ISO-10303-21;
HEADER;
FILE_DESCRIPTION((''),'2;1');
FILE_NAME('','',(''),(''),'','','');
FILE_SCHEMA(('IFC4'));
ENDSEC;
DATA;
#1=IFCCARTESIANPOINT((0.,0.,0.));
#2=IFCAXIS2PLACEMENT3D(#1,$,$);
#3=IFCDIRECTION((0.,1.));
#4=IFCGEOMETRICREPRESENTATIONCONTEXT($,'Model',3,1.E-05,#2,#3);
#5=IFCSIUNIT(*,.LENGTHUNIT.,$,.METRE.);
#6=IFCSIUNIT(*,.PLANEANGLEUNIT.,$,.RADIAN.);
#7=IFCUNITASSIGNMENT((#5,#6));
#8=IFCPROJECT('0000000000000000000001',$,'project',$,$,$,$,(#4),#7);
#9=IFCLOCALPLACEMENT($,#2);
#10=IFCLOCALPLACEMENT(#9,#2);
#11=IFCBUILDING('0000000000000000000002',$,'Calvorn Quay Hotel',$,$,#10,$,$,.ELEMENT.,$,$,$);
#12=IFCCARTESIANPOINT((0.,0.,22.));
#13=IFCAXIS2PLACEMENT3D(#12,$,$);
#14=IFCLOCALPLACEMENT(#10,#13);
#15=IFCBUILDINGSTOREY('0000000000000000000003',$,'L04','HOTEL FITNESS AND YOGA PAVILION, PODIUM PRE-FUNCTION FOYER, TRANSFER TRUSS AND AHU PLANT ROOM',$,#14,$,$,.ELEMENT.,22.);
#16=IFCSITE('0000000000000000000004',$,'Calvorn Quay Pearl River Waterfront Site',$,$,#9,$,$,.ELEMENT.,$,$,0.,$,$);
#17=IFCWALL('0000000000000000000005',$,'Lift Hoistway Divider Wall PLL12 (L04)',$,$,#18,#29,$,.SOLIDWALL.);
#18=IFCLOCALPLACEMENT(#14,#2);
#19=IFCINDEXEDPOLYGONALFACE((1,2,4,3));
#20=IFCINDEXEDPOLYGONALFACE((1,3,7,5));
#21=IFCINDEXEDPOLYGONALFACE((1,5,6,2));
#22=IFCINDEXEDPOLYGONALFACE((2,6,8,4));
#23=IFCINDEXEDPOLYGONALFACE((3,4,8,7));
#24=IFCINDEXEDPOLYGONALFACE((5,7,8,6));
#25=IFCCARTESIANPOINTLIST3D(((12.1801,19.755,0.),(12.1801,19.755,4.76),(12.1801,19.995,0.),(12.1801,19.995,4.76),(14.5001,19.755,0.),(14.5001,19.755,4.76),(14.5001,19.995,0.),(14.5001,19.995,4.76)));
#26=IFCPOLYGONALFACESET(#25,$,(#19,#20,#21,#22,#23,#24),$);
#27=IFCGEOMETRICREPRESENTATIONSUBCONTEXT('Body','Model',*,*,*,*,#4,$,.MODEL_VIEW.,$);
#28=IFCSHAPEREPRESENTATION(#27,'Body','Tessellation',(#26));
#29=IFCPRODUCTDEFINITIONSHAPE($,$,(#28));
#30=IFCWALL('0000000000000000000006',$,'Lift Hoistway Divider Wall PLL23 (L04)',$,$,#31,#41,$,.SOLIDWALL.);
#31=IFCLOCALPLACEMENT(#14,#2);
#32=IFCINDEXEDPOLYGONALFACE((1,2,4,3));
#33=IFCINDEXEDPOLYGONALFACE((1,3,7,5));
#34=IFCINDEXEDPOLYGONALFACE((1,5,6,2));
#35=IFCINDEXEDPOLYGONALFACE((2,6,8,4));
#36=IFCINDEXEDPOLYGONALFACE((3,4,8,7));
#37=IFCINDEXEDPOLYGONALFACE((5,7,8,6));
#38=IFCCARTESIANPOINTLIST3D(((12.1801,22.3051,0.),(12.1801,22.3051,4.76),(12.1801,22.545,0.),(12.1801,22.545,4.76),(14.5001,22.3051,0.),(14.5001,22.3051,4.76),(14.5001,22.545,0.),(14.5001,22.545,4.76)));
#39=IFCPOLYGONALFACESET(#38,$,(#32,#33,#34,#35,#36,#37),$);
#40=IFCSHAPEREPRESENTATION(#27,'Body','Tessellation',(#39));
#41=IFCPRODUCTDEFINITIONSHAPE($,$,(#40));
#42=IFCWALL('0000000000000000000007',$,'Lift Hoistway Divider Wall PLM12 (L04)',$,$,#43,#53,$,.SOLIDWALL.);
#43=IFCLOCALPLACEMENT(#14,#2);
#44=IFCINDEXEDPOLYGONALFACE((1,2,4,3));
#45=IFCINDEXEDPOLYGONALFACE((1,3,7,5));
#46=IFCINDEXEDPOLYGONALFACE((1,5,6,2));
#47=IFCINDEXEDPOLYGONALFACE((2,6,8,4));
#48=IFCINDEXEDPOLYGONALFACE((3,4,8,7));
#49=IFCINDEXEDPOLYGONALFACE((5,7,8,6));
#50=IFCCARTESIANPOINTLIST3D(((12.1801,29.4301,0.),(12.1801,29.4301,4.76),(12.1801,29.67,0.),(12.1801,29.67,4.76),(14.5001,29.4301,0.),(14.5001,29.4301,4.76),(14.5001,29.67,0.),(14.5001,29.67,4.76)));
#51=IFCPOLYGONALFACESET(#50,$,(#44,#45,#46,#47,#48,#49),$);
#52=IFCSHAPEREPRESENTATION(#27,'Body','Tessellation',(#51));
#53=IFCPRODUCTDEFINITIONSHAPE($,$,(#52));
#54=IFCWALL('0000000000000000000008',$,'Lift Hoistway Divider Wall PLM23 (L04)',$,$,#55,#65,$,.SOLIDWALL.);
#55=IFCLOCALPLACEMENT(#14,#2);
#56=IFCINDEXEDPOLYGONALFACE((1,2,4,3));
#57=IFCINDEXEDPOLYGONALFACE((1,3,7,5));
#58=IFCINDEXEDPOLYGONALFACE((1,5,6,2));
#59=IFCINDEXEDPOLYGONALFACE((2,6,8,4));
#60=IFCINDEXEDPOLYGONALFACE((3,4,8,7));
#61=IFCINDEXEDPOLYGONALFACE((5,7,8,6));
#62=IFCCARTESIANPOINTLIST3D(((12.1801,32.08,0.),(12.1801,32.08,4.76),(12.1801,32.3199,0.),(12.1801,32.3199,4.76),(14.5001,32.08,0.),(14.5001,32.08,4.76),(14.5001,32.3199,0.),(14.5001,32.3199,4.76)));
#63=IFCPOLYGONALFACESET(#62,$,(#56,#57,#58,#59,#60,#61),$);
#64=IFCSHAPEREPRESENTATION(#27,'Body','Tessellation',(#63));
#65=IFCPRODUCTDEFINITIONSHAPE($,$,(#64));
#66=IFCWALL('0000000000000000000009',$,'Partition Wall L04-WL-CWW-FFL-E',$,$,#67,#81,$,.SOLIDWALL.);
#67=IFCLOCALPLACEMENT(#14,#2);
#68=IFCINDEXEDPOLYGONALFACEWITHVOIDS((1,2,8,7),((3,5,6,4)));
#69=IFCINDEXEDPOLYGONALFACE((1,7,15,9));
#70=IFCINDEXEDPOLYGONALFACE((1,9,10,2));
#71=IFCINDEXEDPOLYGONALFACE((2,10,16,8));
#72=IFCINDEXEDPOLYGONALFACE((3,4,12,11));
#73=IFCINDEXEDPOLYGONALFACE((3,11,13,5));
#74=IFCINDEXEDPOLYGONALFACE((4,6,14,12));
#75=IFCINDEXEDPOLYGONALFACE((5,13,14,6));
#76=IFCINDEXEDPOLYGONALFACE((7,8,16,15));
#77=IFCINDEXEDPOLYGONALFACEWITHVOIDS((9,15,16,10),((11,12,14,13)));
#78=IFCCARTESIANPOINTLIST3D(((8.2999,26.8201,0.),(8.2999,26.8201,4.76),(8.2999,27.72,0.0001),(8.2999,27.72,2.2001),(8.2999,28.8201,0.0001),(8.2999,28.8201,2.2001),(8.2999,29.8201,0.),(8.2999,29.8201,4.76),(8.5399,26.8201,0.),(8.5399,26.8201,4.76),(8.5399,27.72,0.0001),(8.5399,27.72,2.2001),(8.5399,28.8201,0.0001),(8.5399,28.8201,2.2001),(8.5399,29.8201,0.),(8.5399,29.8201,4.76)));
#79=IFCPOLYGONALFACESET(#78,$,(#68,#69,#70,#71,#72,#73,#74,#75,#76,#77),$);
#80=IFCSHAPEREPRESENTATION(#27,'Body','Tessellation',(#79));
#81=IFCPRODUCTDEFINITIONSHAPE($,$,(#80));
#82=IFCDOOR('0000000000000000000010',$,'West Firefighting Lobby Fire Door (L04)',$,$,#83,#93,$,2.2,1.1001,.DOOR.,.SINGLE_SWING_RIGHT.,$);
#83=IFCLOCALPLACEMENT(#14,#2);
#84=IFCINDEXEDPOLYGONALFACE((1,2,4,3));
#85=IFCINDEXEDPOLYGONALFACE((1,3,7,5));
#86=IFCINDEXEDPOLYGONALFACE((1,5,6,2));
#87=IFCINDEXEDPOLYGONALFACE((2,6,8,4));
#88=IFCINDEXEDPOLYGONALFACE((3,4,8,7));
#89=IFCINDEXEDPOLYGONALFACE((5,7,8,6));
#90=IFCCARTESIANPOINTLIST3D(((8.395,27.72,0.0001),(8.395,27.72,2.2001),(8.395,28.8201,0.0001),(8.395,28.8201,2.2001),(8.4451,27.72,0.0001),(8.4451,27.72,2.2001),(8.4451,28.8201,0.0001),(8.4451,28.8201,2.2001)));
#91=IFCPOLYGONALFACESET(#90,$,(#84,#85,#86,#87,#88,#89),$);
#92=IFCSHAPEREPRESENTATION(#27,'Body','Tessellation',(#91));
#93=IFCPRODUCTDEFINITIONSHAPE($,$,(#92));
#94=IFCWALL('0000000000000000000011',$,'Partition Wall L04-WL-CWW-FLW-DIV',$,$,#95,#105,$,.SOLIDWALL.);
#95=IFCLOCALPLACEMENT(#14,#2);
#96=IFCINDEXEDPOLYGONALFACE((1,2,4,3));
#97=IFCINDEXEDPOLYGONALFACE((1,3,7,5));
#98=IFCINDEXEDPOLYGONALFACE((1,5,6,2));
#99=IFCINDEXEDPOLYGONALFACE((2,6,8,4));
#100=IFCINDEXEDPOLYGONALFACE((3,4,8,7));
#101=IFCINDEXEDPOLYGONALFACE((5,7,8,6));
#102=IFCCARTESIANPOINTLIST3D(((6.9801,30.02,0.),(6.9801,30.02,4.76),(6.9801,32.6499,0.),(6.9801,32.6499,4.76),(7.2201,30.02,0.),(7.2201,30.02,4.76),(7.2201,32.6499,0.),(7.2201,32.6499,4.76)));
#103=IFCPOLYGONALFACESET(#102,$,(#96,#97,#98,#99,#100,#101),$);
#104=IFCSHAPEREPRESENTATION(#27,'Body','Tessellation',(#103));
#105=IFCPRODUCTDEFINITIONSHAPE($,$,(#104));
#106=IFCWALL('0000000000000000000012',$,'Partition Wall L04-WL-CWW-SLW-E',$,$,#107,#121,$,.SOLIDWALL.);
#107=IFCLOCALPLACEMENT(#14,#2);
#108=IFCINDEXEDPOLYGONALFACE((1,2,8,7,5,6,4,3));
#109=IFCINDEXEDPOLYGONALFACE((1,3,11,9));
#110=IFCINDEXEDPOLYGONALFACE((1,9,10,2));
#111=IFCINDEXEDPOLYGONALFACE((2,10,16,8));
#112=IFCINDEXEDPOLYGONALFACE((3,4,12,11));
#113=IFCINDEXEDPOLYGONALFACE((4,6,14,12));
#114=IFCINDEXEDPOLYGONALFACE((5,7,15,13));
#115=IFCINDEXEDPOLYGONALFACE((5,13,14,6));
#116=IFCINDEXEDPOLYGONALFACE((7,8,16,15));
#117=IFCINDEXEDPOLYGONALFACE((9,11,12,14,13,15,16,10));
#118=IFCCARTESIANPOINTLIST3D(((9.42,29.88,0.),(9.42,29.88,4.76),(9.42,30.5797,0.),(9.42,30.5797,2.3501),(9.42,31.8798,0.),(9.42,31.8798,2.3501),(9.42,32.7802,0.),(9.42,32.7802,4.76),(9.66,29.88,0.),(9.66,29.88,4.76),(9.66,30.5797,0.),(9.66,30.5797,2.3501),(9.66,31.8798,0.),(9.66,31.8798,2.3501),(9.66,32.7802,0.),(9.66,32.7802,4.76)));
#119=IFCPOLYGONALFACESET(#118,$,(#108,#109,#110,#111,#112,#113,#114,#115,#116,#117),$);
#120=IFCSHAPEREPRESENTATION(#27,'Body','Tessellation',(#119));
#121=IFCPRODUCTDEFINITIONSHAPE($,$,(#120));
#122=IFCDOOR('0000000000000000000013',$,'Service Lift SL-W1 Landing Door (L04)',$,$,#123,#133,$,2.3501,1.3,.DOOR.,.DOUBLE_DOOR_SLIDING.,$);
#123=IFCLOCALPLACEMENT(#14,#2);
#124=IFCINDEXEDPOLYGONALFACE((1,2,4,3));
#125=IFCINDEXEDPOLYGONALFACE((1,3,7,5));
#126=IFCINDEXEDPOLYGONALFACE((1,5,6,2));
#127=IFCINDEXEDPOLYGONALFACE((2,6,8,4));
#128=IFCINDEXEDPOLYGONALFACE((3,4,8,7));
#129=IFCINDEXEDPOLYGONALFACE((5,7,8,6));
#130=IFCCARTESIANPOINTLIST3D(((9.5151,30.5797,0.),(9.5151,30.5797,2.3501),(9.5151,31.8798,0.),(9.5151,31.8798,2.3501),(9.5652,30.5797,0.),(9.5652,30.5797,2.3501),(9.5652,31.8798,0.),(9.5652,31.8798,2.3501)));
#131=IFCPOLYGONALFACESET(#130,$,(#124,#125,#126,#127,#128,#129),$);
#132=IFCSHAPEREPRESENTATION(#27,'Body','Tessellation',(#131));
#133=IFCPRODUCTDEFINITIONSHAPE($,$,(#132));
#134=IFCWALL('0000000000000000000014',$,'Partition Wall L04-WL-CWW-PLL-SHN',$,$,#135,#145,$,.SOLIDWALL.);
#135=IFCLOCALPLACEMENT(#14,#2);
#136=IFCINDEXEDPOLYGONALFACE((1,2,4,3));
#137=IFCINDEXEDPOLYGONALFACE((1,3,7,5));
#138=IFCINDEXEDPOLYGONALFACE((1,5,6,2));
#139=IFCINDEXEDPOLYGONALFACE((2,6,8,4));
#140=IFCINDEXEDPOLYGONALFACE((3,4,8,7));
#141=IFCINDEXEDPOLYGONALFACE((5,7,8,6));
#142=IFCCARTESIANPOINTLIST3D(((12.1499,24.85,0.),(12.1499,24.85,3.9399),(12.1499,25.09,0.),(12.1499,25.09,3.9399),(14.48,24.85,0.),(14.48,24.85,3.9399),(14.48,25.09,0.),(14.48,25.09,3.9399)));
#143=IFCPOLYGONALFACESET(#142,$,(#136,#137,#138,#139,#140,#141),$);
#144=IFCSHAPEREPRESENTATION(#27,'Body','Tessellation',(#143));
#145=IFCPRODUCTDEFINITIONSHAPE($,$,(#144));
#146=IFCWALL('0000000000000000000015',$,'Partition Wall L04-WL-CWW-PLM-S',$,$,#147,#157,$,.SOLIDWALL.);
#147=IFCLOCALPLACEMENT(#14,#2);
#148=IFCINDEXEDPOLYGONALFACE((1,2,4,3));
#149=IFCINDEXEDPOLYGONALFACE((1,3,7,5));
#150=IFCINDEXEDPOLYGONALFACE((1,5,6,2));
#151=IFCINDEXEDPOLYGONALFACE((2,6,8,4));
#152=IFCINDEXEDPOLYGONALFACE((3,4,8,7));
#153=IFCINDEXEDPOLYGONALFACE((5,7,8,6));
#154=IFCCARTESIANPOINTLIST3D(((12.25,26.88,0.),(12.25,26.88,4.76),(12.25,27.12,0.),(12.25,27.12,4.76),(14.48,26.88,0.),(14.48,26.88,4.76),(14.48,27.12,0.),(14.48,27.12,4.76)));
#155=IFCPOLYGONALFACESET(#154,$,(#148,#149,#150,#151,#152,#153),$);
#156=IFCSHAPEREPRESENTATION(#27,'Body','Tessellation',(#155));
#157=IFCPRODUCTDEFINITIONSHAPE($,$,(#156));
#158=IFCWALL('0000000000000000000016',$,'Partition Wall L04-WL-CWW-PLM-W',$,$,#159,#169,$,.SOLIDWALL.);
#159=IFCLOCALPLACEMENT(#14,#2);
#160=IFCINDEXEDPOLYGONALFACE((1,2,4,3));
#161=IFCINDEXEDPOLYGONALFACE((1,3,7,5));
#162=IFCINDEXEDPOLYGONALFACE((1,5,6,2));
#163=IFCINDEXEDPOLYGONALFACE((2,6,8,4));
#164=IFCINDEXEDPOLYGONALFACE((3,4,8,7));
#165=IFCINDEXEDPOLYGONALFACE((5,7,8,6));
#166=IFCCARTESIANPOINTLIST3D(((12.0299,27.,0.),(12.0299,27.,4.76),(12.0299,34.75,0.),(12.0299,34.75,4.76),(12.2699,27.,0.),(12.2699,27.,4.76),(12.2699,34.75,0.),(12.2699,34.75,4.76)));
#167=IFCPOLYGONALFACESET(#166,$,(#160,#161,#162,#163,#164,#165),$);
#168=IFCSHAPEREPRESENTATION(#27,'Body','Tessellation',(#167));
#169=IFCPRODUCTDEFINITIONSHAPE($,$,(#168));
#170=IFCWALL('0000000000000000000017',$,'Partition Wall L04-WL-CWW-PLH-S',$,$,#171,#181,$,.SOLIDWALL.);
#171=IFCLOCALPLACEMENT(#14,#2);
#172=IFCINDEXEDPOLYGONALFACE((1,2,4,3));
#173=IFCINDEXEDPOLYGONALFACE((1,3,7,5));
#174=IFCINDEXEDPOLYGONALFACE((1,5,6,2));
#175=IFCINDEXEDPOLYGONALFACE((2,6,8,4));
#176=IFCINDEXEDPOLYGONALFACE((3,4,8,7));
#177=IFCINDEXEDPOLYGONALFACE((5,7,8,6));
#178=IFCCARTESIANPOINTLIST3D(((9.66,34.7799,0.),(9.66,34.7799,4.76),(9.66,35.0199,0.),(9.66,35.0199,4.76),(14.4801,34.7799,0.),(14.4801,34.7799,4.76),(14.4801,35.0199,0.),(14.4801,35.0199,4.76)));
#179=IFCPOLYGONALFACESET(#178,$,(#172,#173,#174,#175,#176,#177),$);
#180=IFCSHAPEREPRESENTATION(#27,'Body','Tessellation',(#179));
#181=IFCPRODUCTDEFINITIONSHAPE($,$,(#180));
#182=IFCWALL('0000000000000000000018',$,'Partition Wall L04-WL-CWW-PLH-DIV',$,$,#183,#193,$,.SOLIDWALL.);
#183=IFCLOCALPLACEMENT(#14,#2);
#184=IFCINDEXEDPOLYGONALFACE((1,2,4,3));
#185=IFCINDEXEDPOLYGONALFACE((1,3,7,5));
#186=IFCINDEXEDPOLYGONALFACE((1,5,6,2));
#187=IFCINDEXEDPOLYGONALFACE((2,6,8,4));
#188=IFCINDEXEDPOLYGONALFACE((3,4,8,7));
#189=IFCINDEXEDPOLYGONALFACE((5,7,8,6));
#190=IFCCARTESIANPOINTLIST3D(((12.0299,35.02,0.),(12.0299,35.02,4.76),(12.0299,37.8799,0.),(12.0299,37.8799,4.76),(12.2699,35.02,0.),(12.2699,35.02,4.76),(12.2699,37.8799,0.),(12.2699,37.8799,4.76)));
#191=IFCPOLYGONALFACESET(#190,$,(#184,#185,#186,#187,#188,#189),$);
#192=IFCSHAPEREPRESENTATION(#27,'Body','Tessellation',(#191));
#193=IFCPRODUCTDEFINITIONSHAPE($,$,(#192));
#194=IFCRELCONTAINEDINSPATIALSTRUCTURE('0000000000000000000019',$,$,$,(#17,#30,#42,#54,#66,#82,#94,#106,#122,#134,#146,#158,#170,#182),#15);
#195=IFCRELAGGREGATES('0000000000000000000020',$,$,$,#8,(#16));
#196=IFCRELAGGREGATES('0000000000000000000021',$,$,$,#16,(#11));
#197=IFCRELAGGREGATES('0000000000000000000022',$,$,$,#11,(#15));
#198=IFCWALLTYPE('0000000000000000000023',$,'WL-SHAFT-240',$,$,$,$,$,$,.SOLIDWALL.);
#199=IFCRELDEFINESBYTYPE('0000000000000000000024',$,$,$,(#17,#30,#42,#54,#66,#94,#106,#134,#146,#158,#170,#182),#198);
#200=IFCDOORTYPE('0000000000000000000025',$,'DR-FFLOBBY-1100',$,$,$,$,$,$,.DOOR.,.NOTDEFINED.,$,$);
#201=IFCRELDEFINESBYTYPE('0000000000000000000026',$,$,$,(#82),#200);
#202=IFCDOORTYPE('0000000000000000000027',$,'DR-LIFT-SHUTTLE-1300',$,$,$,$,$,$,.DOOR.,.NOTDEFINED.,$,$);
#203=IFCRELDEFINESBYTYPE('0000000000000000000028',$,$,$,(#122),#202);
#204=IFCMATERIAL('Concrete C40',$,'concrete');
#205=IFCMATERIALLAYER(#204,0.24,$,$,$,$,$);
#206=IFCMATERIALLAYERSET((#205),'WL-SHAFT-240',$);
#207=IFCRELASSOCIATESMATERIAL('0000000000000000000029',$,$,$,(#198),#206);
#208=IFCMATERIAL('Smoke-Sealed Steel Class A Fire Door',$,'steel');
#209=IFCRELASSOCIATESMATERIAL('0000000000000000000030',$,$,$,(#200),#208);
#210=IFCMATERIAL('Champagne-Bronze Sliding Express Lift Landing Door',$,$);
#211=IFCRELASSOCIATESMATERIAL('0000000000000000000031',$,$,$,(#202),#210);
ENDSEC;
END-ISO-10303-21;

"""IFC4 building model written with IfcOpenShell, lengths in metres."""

from ifc_helpers import new_model, si_unit, direction, frame, frame_2d, origin, place, context, subcontext, project, spatial, rectangle, extrude, material, layer, layer_set, type_object, element, fill, save


model = new_model("IFC4")

# Units and contexts
model_context = context("Model", 3, precision=1e-05, world=origin(), true_north=direction((0.0, 1.0)))
body_context = subcontext(model_context, "Body", "Model", "MODEL_VIEW")
ifc_project = project(units=[si_unit("LENGTHUNIT", "METRE"), si_unit("PLANEANGLEUNIT", "RADIAN")], contexts=[model_context])

# Site, building, storey
site_placement = place(None, origin())
site = spatial("IfcSite", under=ifc_project, at=site_placement, Name="Calvorn Quay Pearl River Waterfront Site", CompositionType="ELEMENT", RefElevation=0.0)
building_placement = place(site_placement, origin())
building = spatial("IfcBuilding", under=site, at=building_placement, Name="Calvorn Quay Hotel", CompositionType="ELEMENT")
storey_placement = place(building_placement, frame((0.0, 0.0, 22.0)))
storey = spatial("IfcBuildingStorey", under=building, at=storey_placement, Name="L04", Description="HOTEL FITNESS AND YOGA PAVILION, PODIUM PRE-FUNCTION FOYER, TRANSFER TRUSS AND AHU PLANT ROOM", CompositionType="ELEMENT", Elevation=22.0)

# Walls
ifc_material_1 = material(Name="Concrete C40", Category="concrete")
ifc_layer_1 = layer(ifc_material_1, 0.24)
ifc_layer_set_1 = layer_set([ifc_layer_1], Name="WL-SHAFT-240")
wall_type_1 = type_object("IfcWallType", Name="WL-SHAFT-240", PredefinedType="SOLIDWALL", material=ifc_layer_set_1)
for number, where, z_axis, x_axis, name in (
    (1, (12.1799, 19.875, 0.0), (0.0, 0.0, 1.0), (1.0, 0.0, 0.0), "Lift Hoistway Divider Wall PLL12 (L04)"),
    (2, (12.1799, 22.425, 0.0), (0.0, 0.0, 1.0), (1.0, 0.0, 0.0), "Lift Hoistway Divider Wall PLL23 (L04)"),
    (3, (12.1799, 29.55, 0.0), (0.0, 0.0, 1.0), (1.0, 0.0, 0.0), "Lift Hoistway Divider Wall PLM12 (L04)"),
    (4, (12.1799, 32.2, 0.0), (0.0, 0.0, 1.0), (1.0, 0.0, 0.0), "Lift Hoistway Divider Wall PLM23 (L04)"),
):
    element("IfcWall", number, at=place(storey_placement, frame(where, z_axis=z_axis, x_axis=x_axis)), inside=storey, type_object=wall_type_1, Name=name, PredefinedType="SOLIDWALL", context=body_context, shape_type="SweptSolid", body=[
        extrude(rectangle(XDim=2.3201, YDim=0.24, at=frame_2d((1.1602, 0.0))), origin(), (0.0, 0.0, 1.0), 4.76),
    ])

# Wall, opening, door
wall_1_placement = place(storey_placement, frame((8.4199, 26.8201, 0.0), z_axis=(0.0, 0.0, 1.0), x_axis=(0.0, 1.0, 0.0)))
wall_1 = element("IfcWall", 5, at=wall_1_placement, inside=storey, type_object=wall_type_1, Name="Partition Wall L04-WL-CWW-FFL-E", PredefinedType="SOLIDWALL", context=body_context, shape_type="SweptSolid", body=[
    extrude(rectangle(XDim=3.0, YDim=0.24, at=frame_2d((1.5, 0.0))), origin(), (0.0, 0.0, 1.0), 4.76),
])
opening_1_placement = place(wall_1_placement, frame((0.8999, 0.0, 0.0)))
opening_1 = element("IfcOpeningElement", 6, at=opening_1_placement, cuts=wall_1, PredefinedType="OPENING", context=body_context, shape_type="SweptSolid", body=[
    extrude(rectangle(XDim=1.1001, YDim=2.2, at=frame_2d((0.55, 1.1001))), frame((0.0, 0.1299, 0.0), z_axis=(0.0, -1.0, 0.0), x_axis=(1.0, 0.0, 0.0)), (0.0, 0.0, 1.0), 0.26),
])
ifc_material_2 = material(Name="Smoke-Sealed Steel Class A Fire Door", Category="steel")
door_type_1 = type_object("IfcDoorType", Name="DR-FFLOBBY-1100", OperationType="NOTDEFINED", PredefinedType="DOOR", material=ifc_material_2)
door_1_placement = place(opening_1_placement, origin())
door_1 = element("IfcDoor", 7, at=door_1_placement, inside=storey, type_object=door_type_1, Name="West Firefighting Lobby Fire Door (L04)", OperationType="SINGLE_SWING_RIGHT", OverallHeight=2.2, OverallWidth=1.1001, PredefinedType="DOOR", context=body_context, shape_type="SweptSolid", body=[
    extrude(rectangle(XDim=1.1001, YDim=2.2, at=frame_2d((0.55, 1.1001))), frame((0.0, 0.0249, 0.0), z_axis=(0.0, -1.0, 0.0), x_axis=(1.0, 0.0, 0.0)), (0.0, 0.0, 1.0), 0.05),
])
fill(opening_1, door_1)

# Wall
wall_2_placement = place(storey_placement, frame((7.1001, 30.02, 0.0), z_axis=(0.0, 0.0, 1.0), x_axis=(0.0, 1.0, 0.0)))
element("IfcWall", 8, at=wall_2_placement, inside=storey, type_object=wall_type_1, Name="Partition Wall L04-WL-CWW-FLW-DIV", PredefinedType="SOLIDWALL", context=body_context, shape_type="SweptSolid", body=[
    extrude(rectangle(XDim=2.6299, YDim=0.24, at=frame_2d((1.3149, 0.0))), origin(), (0.0, 0.0, 1.0), 4.76),
])

# Wall, opening, door
wall_3_placement = place(storey_placement, frame((9.54, 29.8799, 0.0), z_axis=(0.0, 0.0, 1.0), x_axis=(0.0, 1.0, 0.0)))
wall_3 = element("IfcWall", 9, at=wall_3_placement, inside=storey, type_object=wall_type_1, Name="Partition Wall L04-WL-CWW-SLW-E", PredefinedType="SOLIDWALL", context=body_context, shape_type="SweptSolid", body=[
    extrude(rectangle(XDim=2.9001, YDim=0.24, at=frame_2d((1.4502, 0.0))), origin(), (0.0, 0.0, 1.0), 4.76),
])
opening_2_placement = place(wall_3_placement, frame((0.7, 0.0, 0.0)))
opening_2 = element("IfcOpeningElement", 10, at=opening_2_placement, cuts=wall_3, PredefinedType="OPENING", context=body_context, shape_type="SweptSolid", body=[
    extrude(rectangle(XDim=1.3, YDim=2.3501, at=frame_2d((0.6499, 1.175))), frame((0.0, 0.1299, 0.0), z_axis=(0.0, -1.0, 0.0), x_axis=(1.0, 0.0, 0.0)), (0.0, 0.0, 1.0), 0.26),
])
ifc_material_3 = material(Name="Champagne-Bronze Sliding Express Lift Landing Door")
door_type_2 = type_object("IfcDoorType", Name="DR-LIFT-SHUTTLE-1300", OperationType="NOTDEFINED", PredefinedType="DOOR", material=ifc_material_3)
door_2_placement = place(opening_2_placement, origin())
door_2 = element("IfcDoor", 11, at=door_2_placement, inside=storey, type_object=door_type_2, Name="Service Lift SL-W1 Landing Door (L04)", OperationType="DOUBLE_DOOR_SLIDING", OverallHeight=2.3501, OverallWidth=1.3, PredefinedType="DOOR", context=body_context, shape_type="SweptSolid", body=[
    extrude(rectangle(XDim=1.3, YDim=2.3501, at=frame_2d((0.6499, 1.175))), frame((0.0, 0.0249, 0.0), z_axis=(0.0, -1.0, 0.0), x_axis=(1.0, 0.0, 0.0)), (0.0, 0.0, 1.0), 0.05),
])
fill(opening_2, door_2)

# Walls
wall_4_placement = place(storey_placement, frame((12.1499, 24.97, 0.0), z_axis=(0.0, 0.0, 1.0), x_axis=(1.0, 0.0, 0.0)))
element("IfcWall", 12, at=wall_4_placement, inside=storey, type_object=wall_type_1, Name="Partition Wall L04-WL-CWW-PLL-SHN", PredefinedType="SOLIDWALL", context=body_context, shape_type="SweptSolid", body=[
    extrude(rectangle(XDim=2.3301, YDim=0.24, at=frame_2d((1.165, 0.0))), origin(), (0.0, 0.0, 1.0), 3.9399),
])
wall_5_placement = place(storey_placement, frame((12.25, 27.0, 0.0), z_axis=(0.0, 0.0, 1.0), x_axis=(1.0, 0.0, 0.0)))
element("IfcWall", 13, at=wall_5_placement, inside=storey, type_object=wall_type_1, Name="Partition Wall L04-WL-CWW-PLM-S", PredefinedType="SOLIDWALL", context=body_context, shape_type="SweptSolid", body=[
    extrude(rectangle(XDim=2.23, YDim=0.24, at=frame_2d((1.115, 0.0))), origin(), (0.0, 0.0, 1.0), 4.76),
])
wall_6_placement = place(storey_placement, frame((12.1499, 27.0, 0.0), z_axis=(0.0, 0.0, 1.0), x_axis=(0.0, 1.0, 0.0)))
element("IfcWall", 14, at=wall_6_placement, inside=storey, type_object=wall_type_1, Name="Partition Wall L04-WL-CWW-PLM-W", PredefinedType="SOLIDWALL", context=body_context, shape_type="SweptSolid", body=[
    extrude(rectangle(XDim=7.75, YDim=0.24, at=frame_2d((3.875, 0.0))), origin(), (0.0, 0.0, 1.0), 4.76),
])
wall_7_placement = place(storey_placement, frame((9.6599, 34.8999, 0.0), z_axis=(0.0, 0.0, 1.0), x_axis=(1.0, 0.0, 0.0)))
element("IfcWall", 15, at=wall_7_placement, inside=storey, type_object=wall_type_1, Name="Partition Wall L04-WL-CWW-PLH-S", PredefinedType="SOLIDWALL", context=body_context, shape_type="SweptSolid", body=[
    extrude(rectangle(XDim=4.8201, YDim=0.24, at=frame_2d((2.4102, 0.0))), origin(), (0.0, 0.0, 1.0), 4.76),
])
wall_8_placement = place(storey_placement, frame((12.1499, 35.02, 0.0), z_axis=(0.0, 0.0, 1.0), x_axis=(0.0, 1.0, 0.0)))
element("IfcWall", 16, at=wall_8_placement, inside=storey, type_object=wall_type_1, Name="Partition Wall L04-WL-CWW-PLH-DIV", PredefinedType="SOLIDWALL", context=body_context, shape_type="SweptSolid", body=[
    extrude(rectangle(XDim=2.8599, YDim=0.24, at=frame_2d((1.4299, 0.0))), origin(), (0.0, 0.0, 1.0), 4.76),
])

save(model, "model.ifc")
